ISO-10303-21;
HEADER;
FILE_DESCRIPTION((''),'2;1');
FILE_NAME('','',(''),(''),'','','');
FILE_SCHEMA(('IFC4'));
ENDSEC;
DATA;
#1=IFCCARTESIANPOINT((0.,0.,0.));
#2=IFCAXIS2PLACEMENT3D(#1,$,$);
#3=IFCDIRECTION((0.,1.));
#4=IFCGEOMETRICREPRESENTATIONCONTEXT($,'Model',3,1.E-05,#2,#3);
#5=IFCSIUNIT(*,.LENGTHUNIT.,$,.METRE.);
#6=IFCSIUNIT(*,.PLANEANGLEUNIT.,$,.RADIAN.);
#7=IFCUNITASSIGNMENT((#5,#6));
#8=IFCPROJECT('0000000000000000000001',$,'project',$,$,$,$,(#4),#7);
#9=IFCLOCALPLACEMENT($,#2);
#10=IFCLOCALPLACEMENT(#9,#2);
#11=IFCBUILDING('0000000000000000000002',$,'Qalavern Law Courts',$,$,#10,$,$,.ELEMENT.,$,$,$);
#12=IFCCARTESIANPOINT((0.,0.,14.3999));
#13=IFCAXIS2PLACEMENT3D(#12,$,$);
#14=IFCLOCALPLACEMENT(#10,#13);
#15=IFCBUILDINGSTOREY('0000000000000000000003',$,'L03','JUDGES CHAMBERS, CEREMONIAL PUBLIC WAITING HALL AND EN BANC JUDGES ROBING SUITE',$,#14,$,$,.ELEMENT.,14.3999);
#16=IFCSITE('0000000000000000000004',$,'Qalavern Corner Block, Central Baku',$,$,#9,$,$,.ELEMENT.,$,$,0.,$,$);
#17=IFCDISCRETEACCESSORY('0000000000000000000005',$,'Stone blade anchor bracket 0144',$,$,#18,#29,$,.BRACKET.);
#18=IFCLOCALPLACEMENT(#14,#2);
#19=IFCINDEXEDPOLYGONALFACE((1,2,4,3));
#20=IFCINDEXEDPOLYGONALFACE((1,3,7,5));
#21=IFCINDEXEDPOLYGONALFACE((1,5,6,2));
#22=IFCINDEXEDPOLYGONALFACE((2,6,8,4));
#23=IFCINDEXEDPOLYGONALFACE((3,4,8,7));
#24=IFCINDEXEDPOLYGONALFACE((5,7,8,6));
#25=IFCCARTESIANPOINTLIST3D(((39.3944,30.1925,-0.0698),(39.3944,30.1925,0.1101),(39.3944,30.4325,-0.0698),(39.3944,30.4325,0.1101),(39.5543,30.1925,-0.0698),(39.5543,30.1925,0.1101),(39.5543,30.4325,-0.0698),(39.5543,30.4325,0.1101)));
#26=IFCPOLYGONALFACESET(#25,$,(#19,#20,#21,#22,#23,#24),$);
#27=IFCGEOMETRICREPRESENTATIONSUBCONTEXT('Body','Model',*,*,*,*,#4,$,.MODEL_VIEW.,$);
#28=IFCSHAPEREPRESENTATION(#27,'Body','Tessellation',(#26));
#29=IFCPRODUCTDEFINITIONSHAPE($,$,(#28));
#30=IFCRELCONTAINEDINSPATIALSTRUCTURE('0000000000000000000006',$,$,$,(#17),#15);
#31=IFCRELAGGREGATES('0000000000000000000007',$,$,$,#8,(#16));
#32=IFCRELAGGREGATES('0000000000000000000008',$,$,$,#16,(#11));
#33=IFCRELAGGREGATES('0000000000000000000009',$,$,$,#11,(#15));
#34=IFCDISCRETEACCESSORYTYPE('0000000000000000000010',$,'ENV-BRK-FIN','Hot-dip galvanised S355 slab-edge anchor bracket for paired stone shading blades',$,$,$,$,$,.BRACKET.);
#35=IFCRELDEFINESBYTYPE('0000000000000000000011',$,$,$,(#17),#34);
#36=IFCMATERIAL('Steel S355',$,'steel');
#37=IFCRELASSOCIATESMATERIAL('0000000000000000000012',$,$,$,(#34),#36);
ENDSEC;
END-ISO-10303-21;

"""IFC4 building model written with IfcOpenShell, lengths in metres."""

from ifc_helpers import new_model, si_unit, direction, frame, origin, origin_2d, place, context, subcontext, project, spatial, rectangle, extrude, material, type_object, element, save


model = new_model("IFC4")

# Units and contexts
model_context = context("Model", 3, precision=1e-05, world=origin(), true_north=direction((0.0, 1.0)))
body_context = subcontext(model_context, "Body", "Model", "MODEL_VIEW")
ifc_project = project(units=[si_unit("LENGTHUNIT", "METRE"), si_unit("PLANEANGLEUNIT", "RADIAN")], contexts=[model_context])

# Site, building, storey
site_placement = place(None, origin())
site = spatial("IfcSite", under=ifc_project, at=site_placement, Name="Qalavern Corner Block, Central Baku", CompositionType="ELEMENT", RefElevation=0.0)
building_placement = place(site_placement, origin())
building = spatial("IfcBuilding", under=site, at=building_placement, Name="Qalavern Law Courts", CompositionType="ELEMENT")
storey_placement = place(building_placement, frame((0.0, 0.0, 14.3999)))
storey = spatial("IfcBuildingStorey", under=building, at=storey_placement, Name="L03", Description="JUDGES CHAMBERS, CEREMONIAL PUBLIC WAITING HALL AND EN BANC JUDGES ROBING SUITE", CompositionType="ELEMENT", Elevation=14.3999)

# Discrete accessory
ifc_material_1 = material(Name="Steel S355", Category="steel")
discrete_accessory_type = type_object("IfcDiscreteAccessoryType", Name="ENV-BRK-FIN", Description="Hot-dip galvanised S355 slab-edge anchor bracket for paired stone shading blades", PredefinedType="BRACKET", material=ifc_material_1)
for number, where, z_axis, x_axis, name in (
    (1, (39.4744, 30.3125, -0.0698), (0.0, 0.0, 1.0), (0.0, 1.0, 0.0), "Stone blade anchor bracket 0144"),
):
    element("IfcDiscreteAccessory", number, at=place(storey_placement, frame(where, z_axis=z_axis, x_axis=x_axis)), inside=storey, type_object=discrete_accessory_type, Name=name, PredefinedType="BRACKET", context=body_context, shape_type="SweptSolid", body=[
        extrude(rectangle(XDim=0.24, YDim=0.1599, at=origin_2d()), origin(), (0.0, 0.0, 1.0), 0.1799),
    ])

save(model, "model.ifc")
